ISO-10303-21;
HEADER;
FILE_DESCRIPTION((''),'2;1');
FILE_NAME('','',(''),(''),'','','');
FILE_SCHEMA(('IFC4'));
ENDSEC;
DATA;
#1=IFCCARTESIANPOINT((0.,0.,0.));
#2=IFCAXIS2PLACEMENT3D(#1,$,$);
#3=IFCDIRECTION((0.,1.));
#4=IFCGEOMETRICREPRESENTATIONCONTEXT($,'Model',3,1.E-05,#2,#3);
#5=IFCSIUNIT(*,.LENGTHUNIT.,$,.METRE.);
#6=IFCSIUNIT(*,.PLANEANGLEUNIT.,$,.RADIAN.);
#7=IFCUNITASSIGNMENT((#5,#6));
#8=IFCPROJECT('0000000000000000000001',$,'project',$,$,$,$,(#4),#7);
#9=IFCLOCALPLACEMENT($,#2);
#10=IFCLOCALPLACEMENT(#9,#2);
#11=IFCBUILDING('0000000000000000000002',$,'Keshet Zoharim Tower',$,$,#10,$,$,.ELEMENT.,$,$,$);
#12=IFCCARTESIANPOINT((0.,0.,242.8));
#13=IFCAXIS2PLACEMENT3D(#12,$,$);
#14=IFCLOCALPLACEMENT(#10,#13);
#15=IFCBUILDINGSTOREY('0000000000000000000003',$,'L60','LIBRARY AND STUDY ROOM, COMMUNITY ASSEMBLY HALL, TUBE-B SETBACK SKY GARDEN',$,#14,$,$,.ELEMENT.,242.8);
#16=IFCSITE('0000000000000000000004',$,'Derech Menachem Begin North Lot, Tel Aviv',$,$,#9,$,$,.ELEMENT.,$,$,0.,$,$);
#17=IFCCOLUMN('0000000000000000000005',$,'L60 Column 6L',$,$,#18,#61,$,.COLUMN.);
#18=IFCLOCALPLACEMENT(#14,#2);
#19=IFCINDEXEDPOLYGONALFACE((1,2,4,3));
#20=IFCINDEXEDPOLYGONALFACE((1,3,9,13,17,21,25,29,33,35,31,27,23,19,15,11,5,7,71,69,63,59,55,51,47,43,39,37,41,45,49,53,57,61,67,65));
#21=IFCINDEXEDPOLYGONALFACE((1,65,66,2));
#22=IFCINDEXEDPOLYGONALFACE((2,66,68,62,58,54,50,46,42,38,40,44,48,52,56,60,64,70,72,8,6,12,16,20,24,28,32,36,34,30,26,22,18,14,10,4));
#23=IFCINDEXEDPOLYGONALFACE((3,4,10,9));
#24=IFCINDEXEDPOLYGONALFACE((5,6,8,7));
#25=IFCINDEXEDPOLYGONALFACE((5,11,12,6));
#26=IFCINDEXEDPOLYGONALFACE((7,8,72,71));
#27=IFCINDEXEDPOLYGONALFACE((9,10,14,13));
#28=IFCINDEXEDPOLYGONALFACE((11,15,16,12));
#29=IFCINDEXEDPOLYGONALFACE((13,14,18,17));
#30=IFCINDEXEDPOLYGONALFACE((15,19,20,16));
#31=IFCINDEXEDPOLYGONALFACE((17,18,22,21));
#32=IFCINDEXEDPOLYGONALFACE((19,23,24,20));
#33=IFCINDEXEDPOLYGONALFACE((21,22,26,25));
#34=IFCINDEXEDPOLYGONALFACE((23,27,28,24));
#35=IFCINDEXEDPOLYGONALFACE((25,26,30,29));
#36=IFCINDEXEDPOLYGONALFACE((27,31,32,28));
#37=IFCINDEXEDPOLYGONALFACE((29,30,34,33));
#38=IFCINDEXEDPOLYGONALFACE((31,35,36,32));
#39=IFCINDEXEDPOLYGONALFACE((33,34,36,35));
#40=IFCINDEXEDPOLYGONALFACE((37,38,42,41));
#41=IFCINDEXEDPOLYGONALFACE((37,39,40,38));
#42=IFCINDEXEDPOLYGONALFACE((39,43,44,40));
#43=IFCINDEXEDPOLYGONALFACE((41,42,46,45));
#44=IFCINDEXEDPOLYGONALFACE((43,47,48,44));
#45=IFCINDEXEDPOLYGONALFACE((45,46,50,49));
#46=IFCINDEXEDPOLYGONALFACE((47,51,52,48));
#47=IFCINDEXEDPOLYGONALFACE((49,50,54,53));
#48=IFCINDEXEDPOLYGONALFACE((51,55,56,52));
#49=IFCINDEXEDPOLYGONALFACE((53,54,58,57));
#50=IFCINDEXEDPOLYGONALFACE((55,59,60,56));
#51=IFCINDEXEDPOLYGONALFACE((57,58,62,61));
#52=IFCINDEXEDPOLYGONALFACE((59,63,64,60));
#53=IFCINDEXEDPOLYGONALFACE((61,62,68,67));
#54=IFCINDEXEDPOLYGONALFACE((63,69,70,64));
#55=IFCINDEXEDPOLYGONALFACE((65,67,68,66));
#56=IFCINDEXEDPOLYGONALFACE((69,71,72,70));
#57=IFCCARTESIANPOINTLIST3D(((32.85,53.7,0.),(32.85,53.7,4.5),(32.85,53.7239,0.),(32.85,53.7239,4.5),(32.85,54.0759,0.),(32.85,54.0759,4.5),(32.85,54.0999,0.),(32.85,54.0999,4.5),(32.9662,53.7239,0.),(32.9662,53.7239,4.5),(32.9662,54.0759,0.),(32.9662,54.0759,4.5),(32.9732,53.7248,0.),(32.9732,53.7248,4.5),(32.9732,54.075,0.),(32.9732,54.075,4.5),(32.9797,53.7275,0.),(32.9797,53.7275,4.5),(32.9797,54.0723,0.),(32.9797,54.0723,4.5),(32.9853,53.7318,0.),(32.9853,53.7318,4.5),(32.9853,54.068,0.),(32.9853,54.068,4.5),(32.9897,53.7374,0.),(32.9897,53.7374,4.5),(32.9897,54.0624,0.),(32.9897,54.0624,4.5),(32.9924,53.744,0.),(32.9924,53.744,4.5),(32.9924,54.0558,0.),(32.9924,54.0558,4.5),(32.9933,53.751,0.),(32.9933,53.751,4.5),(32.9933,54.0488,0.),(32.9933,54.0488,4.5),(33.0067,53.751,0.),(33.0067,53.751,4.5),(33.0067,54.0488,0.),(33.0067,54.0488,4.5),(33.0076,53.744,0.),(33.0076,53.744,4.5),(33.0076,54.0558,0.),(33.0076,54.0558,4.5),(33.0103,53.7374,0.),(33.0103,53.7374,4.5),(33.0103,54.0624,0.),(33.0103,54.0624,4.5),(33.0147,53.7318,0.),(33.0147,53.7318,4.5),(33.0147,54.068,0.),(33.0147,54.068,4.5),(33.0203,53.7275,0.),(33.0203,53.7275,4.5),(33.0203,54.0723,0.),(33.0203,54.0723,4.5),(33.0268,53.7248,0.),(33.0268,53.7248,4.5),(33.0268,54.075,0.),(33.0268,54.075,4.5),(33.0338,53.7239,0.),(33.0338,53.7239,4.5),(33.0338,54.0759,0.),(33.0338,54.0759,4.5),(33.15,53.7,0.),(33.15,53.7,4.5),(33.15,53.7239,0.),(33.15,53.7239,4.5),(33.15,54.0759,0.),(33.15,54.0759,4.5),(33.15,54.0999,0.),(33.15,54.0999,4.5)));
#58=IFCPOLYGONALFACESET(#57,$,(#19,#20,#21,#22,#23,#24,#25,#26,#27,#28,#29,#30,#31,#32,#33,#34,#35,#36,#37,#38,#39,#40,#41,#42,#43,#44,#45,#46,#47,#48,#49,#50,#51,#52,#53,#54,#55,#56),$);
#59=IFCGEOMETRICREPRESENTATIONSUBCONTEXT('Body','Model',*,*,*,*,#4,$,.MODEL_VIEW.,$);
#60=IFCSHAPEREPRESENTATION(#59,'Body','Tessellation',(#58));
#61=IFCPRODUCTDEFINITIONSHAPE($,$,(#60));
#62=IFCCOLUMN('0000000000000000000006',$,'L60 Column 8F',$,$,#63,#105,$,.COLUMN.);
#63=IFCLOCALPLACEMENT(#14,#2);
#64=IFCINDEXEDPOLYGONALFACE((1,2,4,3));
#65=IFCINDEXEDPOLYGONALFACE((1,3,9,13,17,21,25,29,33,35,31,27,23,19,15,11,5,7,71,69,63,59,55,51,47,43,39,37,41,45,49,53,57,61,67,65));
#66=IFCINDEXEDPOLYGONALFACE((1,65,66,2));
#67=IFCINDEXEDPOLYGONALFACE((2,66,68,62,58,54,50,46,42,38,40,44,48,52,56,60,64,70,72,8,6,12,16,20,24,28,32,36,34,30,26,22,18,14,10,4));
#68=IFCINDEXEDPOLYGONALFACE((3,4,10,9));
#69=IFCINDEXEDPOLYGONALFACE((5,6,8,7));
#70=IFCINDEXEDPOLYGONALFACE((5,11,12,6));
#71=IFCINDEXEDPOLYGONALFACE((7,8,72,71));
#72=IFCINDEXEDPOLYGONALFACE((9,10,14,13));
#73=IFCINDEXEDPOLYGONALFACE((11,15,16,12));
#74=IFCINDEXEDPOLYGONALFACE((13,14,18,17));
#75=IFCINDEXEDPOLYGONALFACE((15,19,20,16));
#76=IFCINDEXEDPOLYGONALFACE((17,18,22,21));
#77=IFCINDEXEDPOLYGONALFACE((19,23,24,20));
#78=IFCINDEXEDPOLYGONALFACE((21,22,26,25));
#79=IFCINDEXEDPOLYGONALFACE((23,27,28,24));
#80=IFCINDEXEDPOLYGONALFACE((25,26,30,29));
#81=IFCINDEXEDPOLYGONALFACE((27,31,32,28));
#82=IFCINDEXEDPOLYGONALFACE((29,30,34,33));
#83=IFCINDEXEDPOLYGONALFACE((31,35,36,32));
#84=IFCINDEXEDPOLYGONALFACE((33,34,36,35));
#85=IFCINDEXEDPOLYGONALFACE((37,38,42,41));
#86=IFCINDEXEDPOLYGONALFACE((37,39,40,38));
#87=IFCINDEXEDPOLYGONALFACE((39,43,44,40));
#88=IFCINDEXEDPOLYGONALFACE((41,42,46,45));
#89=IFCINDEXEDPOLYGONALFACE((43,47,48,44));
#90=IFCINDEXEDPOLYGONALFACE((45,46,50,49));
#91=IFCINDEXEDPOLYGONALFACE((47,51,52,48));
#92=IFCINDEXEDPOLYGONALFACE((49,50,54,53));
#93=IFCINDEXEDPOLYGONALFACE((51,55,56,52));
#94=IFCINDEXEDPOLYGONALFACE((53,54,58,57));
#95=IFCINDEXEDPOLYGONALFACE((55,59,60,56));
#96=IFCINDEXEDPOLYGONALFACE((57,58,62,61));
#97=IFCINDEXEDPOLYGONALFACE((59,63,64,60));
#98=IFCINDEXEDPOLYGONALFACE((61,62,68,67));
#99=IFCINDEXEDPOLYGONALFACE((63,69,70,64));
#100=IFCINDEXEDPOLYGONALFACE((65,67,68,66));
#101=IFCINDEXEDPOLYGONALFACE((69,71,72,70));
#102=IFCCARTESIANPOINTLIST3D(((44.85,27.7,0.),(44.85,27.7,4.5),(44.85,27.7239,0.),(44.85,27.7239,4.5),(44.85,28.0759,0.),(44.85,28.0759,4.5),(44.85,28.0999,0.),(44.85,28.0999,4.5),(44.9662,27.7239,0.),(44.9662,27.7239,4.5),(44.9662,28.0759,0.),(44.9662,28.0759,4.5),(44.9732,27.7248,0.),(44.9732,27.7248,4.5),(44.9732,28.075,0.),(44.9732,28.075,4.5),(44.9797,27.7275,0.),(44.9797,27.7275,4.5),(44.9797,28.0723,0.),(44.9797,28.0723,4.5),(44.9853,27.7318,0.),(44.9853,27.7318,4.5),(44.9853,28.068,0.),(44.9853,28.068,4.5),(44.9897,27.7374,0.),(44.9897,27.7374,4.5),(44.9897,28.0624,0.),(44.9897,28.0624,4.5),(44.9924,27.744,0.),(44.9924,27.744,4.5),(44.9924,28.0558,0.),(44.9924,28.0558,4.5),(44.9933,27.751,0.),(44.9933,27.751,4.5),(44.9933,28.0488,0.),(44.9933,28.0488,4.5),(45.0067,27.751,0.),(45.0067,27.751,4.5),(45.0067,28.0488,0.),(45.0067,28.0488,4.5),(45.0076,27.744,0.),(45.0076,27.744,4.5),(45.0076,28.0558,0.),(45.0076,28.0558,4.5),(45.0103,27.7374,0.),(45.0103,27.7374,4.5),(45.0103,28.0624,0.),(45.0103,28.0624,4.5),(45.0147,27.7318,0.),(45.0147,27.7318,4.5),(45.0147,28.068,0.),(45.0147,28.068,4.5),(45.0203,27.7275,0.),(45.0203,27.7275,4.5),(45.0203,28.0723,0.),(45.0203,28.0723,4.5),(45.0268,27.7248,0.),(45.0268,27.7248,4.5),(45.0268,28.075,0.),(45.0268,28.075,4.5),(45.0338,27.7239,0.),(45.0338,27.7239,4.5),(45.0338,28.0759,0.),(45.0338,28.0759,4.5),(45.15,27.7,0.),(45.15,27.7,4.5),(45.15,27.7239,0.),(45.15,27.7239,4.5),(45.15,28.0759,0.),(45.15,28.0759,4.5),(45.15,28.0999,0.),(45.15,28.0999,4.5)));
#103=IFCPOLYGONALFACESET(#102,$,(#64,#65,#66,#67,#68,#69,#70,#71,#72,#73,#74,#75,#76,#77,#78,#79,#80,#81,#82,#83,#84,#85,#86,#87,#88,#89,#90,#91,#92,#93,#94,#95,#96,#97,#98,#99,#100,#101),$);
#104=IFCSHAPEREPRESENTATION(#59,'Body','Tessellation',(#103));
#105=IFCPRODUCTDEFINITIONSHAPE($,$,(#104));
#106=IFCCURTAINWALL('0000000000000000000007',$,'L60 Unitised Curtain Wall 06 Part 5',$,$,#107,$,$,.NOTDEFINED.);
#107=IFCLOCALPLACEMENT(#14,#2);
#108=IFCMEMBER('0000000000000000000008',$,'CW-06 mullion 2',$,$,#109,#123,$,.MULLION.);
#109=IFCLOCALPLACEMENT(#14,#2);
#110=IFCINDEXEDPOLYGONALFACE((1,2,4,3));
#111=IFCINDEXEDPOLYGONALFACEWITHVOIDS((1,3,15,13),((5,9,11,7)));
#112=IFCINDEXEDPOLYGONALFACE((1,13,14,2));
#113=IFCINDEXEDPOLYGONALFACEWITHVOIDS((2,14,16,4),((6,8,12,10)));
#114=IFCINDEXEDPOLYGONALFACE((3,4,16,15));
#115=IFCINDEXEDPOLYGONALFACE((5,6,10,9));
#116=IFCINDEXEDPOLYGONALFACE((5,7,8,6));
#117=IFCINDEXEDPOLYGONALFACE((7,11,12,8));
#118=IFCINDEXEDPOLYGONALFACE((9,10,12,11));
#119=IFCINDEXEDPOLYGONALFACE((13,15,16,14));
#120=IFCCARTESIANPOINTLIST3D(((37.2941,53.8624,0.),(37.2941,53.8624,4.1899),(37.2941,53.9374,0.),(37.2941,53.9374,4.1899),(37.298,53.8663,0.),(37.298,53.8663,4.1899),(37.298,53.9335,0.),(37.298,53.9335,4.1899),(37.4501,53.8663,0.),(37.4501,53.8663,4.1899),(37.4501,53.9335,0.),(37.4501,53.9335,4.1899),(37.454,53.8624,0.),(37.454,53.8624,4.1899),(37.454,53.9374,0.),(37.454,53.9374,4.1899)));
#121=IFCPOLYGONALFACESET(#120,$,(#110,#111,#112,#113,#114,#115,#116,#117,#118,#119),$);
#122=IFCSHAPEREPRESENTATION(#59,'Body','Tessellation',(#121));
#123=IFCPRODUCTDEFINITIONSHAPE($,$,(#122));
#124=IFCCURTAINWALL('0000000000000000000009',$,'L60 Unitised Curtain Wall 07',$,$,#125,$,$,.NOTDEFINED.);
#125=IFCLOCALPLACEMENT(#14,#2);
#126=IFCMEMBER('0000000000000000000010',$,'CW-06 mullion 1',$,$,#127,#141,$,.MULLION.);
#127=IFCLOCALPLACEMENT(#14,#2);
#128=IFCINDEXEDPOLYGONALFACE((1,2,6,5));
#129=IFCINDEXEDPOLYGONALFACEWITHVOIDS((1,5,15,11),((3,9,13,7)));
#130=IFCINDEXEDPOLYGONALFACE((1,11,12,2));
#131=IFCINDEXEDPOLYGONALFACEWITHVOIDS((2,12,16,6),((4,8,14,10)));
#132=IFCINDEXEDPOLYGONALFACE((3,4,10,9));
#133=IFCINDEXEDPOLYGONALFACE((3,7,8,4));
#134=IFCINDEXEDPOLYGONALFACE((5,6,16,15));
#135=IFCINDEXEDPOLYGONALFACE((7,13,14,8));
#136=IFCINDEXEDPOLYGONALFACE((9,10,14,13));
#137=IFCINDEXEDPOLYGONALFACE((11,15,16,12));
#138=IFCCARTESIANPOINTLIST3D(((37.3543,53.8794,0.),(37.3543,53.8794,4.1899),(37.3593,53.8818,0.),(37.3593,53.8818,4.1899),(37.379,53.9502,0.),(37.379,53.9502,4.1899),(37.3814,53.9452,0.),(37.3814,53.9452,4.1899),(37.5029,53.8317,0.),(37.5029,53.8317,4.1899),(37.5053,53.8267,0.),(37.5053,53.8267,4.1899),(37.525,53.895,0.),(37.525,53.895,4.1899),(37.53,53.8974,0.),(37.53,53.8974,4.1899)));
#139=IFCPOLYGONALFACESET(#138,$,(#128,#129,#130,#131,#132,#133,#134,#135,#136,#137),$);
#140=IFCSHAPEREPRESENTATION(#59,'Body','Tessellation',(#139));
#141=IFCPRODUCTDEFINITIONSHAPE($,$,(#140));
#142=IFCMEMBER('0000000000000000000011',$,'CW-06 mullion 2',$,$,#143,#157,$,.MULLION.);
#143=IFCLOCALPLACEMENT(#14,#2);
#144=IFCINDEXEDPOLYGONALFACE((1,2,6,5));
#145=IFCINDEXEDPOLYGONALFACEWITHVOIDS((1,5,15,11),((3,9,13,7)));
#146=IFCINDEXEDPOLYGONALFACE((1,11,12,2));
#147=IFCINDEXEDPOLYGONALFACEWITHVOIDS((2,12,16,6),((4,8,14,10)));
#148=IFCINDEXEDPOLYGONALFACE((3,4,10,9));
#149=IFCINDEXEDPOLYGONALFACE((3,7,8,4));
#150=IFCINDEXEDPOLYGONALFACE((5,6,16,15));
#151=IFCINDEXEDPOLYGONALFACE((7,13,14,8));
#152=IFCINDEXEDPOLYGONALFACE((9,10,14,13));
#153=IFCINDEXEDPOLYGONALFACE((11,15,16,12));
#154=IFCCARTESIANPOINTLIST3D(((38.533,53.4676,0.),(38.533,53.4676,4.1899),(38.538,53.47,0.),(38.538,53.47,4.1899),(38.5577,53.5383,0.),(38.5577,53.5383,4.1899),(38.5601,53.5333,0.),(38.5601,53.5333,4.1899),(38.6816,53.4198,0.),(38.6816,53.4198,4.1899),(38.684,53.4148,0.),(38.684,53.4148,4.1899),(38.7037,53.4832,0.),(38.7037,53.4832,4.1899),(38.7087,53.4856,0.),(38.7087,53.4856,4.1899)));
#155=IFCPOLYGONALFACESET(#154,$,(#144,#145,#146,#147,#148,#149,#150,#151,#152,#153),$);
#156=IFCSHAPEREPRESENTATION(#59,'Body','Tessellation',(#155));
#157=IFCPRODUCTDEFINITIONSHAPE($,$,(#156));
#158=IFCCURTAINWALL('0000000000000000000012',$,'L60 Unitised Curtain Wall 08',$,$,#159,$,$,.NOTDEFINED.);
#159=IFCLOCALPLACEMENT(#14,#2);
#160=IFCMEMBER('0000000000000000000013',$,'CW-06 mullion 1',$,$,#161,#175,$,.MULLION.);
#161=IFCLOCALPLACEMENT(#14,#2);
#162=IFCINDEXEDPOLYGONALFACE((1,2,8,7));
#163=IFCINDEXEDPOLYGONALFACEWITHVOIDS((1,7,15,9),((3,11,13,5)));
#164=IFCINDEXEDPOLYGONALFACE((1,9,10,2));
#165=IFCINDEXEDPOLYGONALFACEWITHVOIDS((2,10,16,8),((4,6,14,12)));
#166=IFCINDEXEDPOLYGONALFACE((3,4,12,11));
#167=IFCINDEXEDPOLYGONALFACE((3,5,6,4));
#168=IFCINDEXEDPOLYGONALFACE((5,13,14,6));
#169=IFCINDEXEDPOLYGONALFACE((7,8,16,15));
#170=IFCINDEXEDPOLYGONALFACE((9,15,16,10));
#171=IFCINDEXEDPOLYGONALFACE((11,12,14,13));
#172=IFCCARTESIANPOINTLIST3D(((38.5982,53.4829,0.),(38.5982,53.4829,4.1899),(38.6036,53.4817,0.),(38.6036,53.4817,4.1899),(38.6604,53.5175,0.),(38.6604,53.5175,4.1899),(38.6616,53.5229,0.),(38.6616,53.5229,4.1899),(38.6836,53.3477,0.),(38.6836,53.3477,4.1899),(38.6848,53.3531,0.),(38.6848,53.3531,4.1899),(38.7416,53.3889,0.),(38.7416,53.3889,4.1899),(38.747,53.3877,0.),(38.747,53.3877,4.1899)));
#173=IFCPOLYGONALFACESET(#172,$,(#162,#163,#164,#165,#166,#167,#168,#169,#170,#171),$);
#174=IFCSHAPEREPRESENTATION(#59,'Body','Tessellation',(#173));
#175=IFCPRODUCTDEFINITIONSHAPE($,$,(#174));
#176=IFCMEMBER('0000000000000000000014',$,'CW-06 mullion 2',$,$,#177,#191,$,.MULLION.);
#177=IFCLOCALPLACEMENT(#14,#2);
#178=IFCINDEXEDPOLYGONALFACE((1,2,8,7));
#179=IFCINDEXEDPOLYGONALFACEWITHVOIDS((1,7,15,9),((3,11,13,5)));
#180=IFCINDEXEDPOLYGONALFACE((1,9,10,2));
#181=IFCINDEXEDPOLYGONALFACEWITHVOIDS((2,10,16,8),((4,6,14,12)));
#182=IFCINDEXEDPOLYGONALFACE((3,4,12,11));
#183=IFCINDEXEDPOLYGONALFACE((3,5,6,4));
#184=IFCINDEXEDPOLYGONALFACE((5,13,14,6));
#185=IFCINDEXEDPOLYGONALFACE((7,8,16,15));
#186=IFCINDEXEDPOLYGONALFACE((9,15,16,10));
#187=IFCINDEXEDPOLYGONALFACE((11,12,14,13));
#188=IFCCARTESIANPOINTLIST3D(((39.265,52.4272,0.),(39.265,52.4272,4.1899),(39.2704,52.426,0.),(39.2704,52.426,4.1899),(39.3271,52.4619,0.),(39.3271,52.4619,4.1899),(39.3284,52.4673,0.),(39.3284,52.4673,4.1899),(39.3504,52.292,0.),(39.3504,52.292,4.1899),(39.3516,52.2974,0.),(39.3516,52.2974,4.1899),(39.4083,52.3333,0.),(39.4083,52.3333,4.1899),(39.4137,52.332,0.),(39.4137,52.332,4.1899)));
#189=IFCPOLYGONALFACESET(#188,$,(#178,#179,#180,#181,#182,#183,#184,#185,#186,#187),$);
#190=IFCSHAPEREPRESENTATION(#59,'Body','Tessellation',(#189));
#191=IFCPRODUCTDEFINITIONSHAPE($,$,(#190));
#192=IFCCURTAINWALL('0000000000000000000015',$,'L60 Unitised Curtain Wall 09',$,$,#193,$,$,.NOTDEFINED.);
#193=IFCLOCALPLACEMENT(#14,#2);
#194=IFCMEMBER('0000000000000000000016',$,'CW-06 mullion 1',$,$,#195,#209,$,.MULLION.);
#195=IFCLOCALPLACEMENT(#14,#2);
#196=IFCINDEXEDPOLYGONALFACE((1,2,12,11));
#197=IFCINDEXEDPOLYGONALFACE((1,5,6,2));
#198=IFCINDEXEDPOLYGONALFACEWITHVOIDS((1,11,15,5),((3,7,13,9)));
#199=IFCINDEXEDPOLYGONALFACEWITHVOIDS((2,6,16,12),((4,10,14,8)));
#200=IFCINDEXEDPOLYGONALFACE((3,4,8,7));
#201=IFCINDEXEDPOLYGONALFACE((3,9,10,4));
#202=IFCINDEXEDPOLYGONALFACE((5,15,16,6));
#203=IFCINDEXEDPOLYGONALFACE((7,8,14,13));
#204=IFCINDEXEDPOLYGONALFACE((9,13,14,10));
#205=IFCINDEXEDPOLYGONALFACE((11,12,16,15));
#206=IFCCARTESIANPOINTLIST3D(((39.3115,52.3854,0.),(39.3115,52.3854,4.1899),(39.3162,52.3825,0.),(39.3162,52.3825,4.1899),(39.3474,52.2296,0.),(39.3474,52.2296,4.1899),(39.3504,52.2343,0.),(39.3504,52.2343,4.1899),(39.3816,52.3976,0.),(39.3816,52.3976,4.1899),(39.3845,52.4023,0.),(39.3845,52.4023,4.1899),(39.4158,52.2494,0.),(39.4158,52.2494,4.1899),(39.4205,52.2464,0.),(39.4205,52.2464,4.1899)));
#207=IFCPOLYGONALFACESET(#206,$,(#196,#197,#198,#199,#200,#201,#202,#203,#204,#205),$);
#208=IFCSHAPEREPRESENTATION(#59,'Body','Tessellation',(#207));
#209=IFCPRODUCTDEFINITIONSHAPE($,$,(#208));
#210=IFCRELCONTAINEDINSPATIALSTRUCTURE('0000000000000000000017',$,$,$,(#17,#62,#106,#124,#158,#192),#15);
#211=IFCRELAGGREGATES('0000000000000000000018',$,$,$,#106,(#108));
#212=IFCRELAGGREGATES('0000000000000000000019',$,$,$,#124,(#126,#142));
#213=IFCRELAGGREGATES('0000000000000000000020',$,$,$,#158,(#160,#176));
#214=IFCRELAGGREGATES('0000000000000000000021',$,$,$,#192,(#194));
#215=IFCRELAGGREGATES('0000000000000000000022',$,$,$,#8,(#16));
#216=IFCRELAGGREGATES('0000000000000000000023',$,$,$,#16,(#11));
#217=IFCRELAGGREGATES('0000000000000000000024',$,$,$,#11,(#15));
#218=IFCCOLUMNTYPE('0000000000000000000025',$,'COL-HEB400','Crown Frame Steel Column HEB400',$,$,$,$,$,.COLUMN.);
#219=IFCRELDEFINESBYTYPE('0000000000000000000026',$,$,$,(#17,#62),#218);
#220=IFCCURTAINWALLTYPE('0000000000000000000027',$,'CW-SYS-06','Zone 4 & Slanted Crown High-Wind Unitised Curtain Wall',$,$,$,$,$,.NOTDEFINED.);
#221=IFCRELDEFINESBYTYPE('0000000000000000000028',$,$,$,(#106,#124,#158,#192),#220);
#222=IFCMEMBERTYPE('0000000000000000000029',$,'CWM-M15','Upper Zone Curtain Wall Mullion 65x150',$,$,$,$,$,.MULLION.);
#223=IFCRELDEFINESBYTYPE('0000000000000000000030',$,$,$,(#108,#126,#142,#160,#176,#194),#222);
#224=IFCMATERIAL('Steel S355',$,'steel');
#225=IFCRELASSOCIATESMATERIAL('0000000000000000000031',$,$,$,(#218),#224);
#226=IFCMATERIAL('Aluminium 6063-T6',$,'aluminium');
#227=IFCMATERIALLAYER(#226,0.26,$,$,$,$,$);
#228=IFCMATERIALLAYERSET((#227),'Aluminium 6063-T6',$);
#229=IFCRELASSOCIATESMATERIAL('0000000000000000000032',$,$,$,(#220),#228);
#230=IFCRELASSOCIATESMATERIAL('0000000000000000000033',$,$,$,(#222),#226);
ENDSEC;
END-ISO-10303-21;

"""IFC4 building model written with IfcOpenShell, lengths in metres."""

from ifc_helpers import new_model, si_unit, direction, frame, origin, origin_2d, place, context, subcontext, project, spatial, hollow_rectangle, i_section, extrude, material, layer, layer_set, material_profile, profile_set, type_object, element, aggregate, save


model = new_model("IFC4")

# Units and contexts
model_context = context("Model", 3, precision=1e-05, world=origin(), true_north=direction((0.0, 1.0)))
body_context = subcontext(model_context, "Body", "Model", "MODEL_VIEW")
ifc_project = project(units=[si_unit("LENGTHUNIT", "METRE"), si_unit("PLANEANGLEUNIT", "RADIAN")], contexts=[model_context])

# Site, building, storey
site_placement = place(None, origin())
site = spatial("IfcSite", under=ifc_project, at=site_placement, Name="Derech Menachem Begin North Lot, Tel Aviv", CompositionType="ELEMENT", RefElevation=0.0)
building_placement = place(site_placement, origin())
building = spatial("IfcBuilding", under=site, at=building_placement, Name="Keshet Zoharim Tower", CompositionType="ELEMENT")
storey_placement = place(building_placement, frame((0.0, 0.0, 242.8)))
storey = spatial("IfcBuildingStorey", under=building, at=storey_placement, Name="L60", Description="LIBRARY AND STUDY ROOM, COMMUNITY ASSEMBLY HALL, TUBE-B SETBACK SKY GARDEN", CompositionType="ELEMENT", Elevation=242.8)

# Columns
ifc_material_1 = material(Name="Steel S355", Category="steel")
ifc_material_profile_1 = material_profile(ifc_material_1, i_section(OverallWidth=0.3, OverallDepth=0.3999, WebThickness=0.0134, FlangeThickness=0.0239, FilletRadius=0.0271, at=origin_2d()), Name="HEB400")
ifc_profile_set_1 = profile_set([ifc_material_profile_1], Name="Steel S355")
column_type = type_object("IfcColumnType", Name="COL-HEB400", Description="Crown Frame Steel Column HEB400", PredefinedType="COLUMN", material=ifc_profile_set_1)
for number, where, z_axis, x_axis, name in (
    (1, (33.0, 53.8999, 0.0), (0.0, 0.0, 1.0), (1.0, 0.0, 0.0), "L60 Column 6L"),
    (2, (45.0, 27.8999, 0.0), (0.0, 0.0, 1.0), (1.0, 0.0, 0.0), "L60 Column 8F"),
):
    element("IfcColumn", number, at=place(storey_placement, frame(where, z_axis=z_axis, x_axis=x_axis)), inside=storey, type_object=column_type, Name=name, PredefinedType="COLUMN", context=body_context, shape_type="SweptSolid", body=[
        extrude(i_section(OverallWidth=0.3, OverallDepth=0.3999, WebThickness=0.0134, FlangeThickness=0.0239, FilletRadius=0.0271, at=origin_2d()), origin(), (0.0, 0.0, 1.0), 4.5),
    ])

# Curtain wall, member
ifc_material_2 = material(Name="Aluminium 6063-T6", Category="aluminium")
ifc_layer_1 = layer(ifc_material_2, 0.26)
ifc_layer_set_1 = layer_set([ifc_layer_1], Name="Aluminium 6063-T6")
curtain_wall_type = type_object("IfcCurtainWallType", Name="CW-SYS-06", Description="Zone 4 & Slanted Crown High-Wind Unitised Curtain Wall", PredefinedType="NOTDEFINED", material=ifc_layer_set_1)
curtain_wall_1_placement = place(storey_placement, origin())
curtain_wall_1 = element("IfcCurtainWall", 3, at=curtain_wall_1_placement, inside=storey, type_object=curtain_wall_type, Name="L60 Unitised Curtain Wall 06 Part 5", PredefinedType="NOTDEFINED")
ifc_material_profile_2 = material_profile(ifc_material_2, hollow_rectangle(XDim=0.075, YDim=0.1599, WallThickness=0.0039, at=origin_2d()), Name="MUL-75x160")
ifc_profile_set_2 = profile_set([ifc_material_profile_2], Name="Aluminium 6063-T6")
member_type_1 = type_object("IfcMemberType", Name="CWM-M15", Description="Upper Zone Curtain Wall Mullion 65x150", PredefinedType="MULLION", material=ifc_profile_set_2)
member_1_placement = place(storey_placement, frame((37.374, 53.8999, 0.0), z_axis=(0.0, 0.0, 1.0), x_axis=(0.0, 1.0, 0.0)))
member_1 = element("IfcMember", 4, at=member_1_placement, type_object=member_type_1, Name="CW-06 mullion 2", PredefinedType="MULLION", context=body_context, shape_type="SweptSolid", body=[
    extrude(hollow_rectangle(XDim=0.075, YDim=0.1599, WallThickness=0.0039, at=origin_2d()), origin(), (0.0, 0.0, 1.0), 4.1899),
])

# Curtain walls, members
curtain_wall_2_placement = place(storey_placement, origin())
curtain_wall_2 = element("IfcCurtainWall", 5, at=curtain_wall_2_placement, inside=storey, type_object=curtain_wall_type, Name="L60 Unitised Curtain Wall 07", PredefinedType="NOTDEFINED")
member_2_placement = place(storey_placement, frame((37.4421, 53.8884, 0.0), z_axis=(0.0, 0.0, 1.0), x_axis=(0.329844, 0.944036, 0.0)))
member_2 = element("IfcMember", 6, at=member_2_placement, type_object=member_type_1, Name="CW-06 mullion 1", PredefinedType="MULLION", context=body_context, shape_type="SweptSolid", body=[
    extrude(hollow_rectangle(XDim=0.075, YDim=0.1599, WallThickness=0.0039, at=origin_2d()), origin(), (0.0, 0.0, 1.0), 4.1899),
])
member_3_placement = place(storey_placement, frame((38.6208, 53.4766, 0.0), z_axis=(0.0, 0.0, 1.0), x_axis=(0.329844, 0.944036, 0.0)))
member_3 = element("IfcMember", 7, at=member_3_placement, type_object=member_type_1, Name="CW-06 mullion 2", PredefinedType="MULLION", context=body_context, shape_type="SweptSolid", body=[
    extrude(hollow_rectangle(XDim=0.075, YDim=0.1599, WallThickness=0.0039, at=origin_2d()), origin(), (0.0, 0.0, 1.0), 4.1899),
])
curtain_wall_3_placement = place(storey_placement, origin())
curtain_wall_3 = element("IfcCurtainWall", 8, at=curtain_wall_3_placement, inside=storey, type_object=curtain_wall_type, Name="L60 Unitised Curtain Wall 08", PredefinedType="NOTDEFINED")
member_4_placement = place(storey_placement, frame((38.6726, 53.4353, 0.0), z_axis=(0.0, 0.0, 1.0), x_axis=(0.845561, 0.533879, 0.0)))
member_4 = element("IfcMember", 9, at=member_4_placement, type_object=member_type_1, Name="CW-06 mullion 1", PredefinedType="MULLION", context=body_context, shape_type="SweptSolid", body=[
    extrude(hollow_rectangle(XDim=0.075, YDim=0.1599, WallThickness=0.0039, at=origin_2d()), origin(), (0.0, 0.0, 1.0), 4.1899),
])
member_5_placement = place(storey_placement, frame((39.3394, 52.3796, 0.0), z_axis=(0.0, 0.0, 1.0), x_axis=(0.845561, 0.533879, 0.0)))
member_5 = element("IfcMember", 10, at=member_5_placement, type_object=member_type_1, Name="CW-06 mullion 2", PredefinedType="MULLION", context=body_context, shape_type="SweptSolid", body=[
    extrude(hollow_rectangle(XDim=0.075, YDim=0.1599, WallThickness=0.0039, at=origin_2d()), origin(), (0.0, 0.0, 1.0), 4.1899),
])
curtain_wall_4_placement = place(storey_placement, origin())
curtain_wall_4 = element("IfcCurtainWall", 11, at=curtain_wall_4_placement, inside=storey, type_object=curtain_wall_type, Name="L60 Unitised Curtain Wall 09", PredefinedType="NOTDEFINED")
member_6_placement = place(storey_placement, frame((39.366, 52.3159, 0.0), z_axis=(0.0, 0.0, 1.0), x_axis=(0.974398, 0.22483, 0.0)))
member_6 = element("IfcMember", 12, at=member_6_placement, type_object=member_type_1, Name="CW-06 mullion 1", PredefinedType="MULLION", context=body_context, shape_type="SweptSolid", body=[
    extrude(hollow_rectangle(XDim=0.075, YDim=0.1599, WallThickness=0.0039, at=origin_2d()), origin(), (0.0, 0.0, 1.0), 4.1899),
])

aggregate(curtain_wall_1, [member_1])
aggregate(curtain_wall_2, [member_2, member_3])
aggregate(curtain_wall_3, [member_4, member_5])
aggregate(curtain_wall_4, [member_6])

save(model, "model.ifc")
